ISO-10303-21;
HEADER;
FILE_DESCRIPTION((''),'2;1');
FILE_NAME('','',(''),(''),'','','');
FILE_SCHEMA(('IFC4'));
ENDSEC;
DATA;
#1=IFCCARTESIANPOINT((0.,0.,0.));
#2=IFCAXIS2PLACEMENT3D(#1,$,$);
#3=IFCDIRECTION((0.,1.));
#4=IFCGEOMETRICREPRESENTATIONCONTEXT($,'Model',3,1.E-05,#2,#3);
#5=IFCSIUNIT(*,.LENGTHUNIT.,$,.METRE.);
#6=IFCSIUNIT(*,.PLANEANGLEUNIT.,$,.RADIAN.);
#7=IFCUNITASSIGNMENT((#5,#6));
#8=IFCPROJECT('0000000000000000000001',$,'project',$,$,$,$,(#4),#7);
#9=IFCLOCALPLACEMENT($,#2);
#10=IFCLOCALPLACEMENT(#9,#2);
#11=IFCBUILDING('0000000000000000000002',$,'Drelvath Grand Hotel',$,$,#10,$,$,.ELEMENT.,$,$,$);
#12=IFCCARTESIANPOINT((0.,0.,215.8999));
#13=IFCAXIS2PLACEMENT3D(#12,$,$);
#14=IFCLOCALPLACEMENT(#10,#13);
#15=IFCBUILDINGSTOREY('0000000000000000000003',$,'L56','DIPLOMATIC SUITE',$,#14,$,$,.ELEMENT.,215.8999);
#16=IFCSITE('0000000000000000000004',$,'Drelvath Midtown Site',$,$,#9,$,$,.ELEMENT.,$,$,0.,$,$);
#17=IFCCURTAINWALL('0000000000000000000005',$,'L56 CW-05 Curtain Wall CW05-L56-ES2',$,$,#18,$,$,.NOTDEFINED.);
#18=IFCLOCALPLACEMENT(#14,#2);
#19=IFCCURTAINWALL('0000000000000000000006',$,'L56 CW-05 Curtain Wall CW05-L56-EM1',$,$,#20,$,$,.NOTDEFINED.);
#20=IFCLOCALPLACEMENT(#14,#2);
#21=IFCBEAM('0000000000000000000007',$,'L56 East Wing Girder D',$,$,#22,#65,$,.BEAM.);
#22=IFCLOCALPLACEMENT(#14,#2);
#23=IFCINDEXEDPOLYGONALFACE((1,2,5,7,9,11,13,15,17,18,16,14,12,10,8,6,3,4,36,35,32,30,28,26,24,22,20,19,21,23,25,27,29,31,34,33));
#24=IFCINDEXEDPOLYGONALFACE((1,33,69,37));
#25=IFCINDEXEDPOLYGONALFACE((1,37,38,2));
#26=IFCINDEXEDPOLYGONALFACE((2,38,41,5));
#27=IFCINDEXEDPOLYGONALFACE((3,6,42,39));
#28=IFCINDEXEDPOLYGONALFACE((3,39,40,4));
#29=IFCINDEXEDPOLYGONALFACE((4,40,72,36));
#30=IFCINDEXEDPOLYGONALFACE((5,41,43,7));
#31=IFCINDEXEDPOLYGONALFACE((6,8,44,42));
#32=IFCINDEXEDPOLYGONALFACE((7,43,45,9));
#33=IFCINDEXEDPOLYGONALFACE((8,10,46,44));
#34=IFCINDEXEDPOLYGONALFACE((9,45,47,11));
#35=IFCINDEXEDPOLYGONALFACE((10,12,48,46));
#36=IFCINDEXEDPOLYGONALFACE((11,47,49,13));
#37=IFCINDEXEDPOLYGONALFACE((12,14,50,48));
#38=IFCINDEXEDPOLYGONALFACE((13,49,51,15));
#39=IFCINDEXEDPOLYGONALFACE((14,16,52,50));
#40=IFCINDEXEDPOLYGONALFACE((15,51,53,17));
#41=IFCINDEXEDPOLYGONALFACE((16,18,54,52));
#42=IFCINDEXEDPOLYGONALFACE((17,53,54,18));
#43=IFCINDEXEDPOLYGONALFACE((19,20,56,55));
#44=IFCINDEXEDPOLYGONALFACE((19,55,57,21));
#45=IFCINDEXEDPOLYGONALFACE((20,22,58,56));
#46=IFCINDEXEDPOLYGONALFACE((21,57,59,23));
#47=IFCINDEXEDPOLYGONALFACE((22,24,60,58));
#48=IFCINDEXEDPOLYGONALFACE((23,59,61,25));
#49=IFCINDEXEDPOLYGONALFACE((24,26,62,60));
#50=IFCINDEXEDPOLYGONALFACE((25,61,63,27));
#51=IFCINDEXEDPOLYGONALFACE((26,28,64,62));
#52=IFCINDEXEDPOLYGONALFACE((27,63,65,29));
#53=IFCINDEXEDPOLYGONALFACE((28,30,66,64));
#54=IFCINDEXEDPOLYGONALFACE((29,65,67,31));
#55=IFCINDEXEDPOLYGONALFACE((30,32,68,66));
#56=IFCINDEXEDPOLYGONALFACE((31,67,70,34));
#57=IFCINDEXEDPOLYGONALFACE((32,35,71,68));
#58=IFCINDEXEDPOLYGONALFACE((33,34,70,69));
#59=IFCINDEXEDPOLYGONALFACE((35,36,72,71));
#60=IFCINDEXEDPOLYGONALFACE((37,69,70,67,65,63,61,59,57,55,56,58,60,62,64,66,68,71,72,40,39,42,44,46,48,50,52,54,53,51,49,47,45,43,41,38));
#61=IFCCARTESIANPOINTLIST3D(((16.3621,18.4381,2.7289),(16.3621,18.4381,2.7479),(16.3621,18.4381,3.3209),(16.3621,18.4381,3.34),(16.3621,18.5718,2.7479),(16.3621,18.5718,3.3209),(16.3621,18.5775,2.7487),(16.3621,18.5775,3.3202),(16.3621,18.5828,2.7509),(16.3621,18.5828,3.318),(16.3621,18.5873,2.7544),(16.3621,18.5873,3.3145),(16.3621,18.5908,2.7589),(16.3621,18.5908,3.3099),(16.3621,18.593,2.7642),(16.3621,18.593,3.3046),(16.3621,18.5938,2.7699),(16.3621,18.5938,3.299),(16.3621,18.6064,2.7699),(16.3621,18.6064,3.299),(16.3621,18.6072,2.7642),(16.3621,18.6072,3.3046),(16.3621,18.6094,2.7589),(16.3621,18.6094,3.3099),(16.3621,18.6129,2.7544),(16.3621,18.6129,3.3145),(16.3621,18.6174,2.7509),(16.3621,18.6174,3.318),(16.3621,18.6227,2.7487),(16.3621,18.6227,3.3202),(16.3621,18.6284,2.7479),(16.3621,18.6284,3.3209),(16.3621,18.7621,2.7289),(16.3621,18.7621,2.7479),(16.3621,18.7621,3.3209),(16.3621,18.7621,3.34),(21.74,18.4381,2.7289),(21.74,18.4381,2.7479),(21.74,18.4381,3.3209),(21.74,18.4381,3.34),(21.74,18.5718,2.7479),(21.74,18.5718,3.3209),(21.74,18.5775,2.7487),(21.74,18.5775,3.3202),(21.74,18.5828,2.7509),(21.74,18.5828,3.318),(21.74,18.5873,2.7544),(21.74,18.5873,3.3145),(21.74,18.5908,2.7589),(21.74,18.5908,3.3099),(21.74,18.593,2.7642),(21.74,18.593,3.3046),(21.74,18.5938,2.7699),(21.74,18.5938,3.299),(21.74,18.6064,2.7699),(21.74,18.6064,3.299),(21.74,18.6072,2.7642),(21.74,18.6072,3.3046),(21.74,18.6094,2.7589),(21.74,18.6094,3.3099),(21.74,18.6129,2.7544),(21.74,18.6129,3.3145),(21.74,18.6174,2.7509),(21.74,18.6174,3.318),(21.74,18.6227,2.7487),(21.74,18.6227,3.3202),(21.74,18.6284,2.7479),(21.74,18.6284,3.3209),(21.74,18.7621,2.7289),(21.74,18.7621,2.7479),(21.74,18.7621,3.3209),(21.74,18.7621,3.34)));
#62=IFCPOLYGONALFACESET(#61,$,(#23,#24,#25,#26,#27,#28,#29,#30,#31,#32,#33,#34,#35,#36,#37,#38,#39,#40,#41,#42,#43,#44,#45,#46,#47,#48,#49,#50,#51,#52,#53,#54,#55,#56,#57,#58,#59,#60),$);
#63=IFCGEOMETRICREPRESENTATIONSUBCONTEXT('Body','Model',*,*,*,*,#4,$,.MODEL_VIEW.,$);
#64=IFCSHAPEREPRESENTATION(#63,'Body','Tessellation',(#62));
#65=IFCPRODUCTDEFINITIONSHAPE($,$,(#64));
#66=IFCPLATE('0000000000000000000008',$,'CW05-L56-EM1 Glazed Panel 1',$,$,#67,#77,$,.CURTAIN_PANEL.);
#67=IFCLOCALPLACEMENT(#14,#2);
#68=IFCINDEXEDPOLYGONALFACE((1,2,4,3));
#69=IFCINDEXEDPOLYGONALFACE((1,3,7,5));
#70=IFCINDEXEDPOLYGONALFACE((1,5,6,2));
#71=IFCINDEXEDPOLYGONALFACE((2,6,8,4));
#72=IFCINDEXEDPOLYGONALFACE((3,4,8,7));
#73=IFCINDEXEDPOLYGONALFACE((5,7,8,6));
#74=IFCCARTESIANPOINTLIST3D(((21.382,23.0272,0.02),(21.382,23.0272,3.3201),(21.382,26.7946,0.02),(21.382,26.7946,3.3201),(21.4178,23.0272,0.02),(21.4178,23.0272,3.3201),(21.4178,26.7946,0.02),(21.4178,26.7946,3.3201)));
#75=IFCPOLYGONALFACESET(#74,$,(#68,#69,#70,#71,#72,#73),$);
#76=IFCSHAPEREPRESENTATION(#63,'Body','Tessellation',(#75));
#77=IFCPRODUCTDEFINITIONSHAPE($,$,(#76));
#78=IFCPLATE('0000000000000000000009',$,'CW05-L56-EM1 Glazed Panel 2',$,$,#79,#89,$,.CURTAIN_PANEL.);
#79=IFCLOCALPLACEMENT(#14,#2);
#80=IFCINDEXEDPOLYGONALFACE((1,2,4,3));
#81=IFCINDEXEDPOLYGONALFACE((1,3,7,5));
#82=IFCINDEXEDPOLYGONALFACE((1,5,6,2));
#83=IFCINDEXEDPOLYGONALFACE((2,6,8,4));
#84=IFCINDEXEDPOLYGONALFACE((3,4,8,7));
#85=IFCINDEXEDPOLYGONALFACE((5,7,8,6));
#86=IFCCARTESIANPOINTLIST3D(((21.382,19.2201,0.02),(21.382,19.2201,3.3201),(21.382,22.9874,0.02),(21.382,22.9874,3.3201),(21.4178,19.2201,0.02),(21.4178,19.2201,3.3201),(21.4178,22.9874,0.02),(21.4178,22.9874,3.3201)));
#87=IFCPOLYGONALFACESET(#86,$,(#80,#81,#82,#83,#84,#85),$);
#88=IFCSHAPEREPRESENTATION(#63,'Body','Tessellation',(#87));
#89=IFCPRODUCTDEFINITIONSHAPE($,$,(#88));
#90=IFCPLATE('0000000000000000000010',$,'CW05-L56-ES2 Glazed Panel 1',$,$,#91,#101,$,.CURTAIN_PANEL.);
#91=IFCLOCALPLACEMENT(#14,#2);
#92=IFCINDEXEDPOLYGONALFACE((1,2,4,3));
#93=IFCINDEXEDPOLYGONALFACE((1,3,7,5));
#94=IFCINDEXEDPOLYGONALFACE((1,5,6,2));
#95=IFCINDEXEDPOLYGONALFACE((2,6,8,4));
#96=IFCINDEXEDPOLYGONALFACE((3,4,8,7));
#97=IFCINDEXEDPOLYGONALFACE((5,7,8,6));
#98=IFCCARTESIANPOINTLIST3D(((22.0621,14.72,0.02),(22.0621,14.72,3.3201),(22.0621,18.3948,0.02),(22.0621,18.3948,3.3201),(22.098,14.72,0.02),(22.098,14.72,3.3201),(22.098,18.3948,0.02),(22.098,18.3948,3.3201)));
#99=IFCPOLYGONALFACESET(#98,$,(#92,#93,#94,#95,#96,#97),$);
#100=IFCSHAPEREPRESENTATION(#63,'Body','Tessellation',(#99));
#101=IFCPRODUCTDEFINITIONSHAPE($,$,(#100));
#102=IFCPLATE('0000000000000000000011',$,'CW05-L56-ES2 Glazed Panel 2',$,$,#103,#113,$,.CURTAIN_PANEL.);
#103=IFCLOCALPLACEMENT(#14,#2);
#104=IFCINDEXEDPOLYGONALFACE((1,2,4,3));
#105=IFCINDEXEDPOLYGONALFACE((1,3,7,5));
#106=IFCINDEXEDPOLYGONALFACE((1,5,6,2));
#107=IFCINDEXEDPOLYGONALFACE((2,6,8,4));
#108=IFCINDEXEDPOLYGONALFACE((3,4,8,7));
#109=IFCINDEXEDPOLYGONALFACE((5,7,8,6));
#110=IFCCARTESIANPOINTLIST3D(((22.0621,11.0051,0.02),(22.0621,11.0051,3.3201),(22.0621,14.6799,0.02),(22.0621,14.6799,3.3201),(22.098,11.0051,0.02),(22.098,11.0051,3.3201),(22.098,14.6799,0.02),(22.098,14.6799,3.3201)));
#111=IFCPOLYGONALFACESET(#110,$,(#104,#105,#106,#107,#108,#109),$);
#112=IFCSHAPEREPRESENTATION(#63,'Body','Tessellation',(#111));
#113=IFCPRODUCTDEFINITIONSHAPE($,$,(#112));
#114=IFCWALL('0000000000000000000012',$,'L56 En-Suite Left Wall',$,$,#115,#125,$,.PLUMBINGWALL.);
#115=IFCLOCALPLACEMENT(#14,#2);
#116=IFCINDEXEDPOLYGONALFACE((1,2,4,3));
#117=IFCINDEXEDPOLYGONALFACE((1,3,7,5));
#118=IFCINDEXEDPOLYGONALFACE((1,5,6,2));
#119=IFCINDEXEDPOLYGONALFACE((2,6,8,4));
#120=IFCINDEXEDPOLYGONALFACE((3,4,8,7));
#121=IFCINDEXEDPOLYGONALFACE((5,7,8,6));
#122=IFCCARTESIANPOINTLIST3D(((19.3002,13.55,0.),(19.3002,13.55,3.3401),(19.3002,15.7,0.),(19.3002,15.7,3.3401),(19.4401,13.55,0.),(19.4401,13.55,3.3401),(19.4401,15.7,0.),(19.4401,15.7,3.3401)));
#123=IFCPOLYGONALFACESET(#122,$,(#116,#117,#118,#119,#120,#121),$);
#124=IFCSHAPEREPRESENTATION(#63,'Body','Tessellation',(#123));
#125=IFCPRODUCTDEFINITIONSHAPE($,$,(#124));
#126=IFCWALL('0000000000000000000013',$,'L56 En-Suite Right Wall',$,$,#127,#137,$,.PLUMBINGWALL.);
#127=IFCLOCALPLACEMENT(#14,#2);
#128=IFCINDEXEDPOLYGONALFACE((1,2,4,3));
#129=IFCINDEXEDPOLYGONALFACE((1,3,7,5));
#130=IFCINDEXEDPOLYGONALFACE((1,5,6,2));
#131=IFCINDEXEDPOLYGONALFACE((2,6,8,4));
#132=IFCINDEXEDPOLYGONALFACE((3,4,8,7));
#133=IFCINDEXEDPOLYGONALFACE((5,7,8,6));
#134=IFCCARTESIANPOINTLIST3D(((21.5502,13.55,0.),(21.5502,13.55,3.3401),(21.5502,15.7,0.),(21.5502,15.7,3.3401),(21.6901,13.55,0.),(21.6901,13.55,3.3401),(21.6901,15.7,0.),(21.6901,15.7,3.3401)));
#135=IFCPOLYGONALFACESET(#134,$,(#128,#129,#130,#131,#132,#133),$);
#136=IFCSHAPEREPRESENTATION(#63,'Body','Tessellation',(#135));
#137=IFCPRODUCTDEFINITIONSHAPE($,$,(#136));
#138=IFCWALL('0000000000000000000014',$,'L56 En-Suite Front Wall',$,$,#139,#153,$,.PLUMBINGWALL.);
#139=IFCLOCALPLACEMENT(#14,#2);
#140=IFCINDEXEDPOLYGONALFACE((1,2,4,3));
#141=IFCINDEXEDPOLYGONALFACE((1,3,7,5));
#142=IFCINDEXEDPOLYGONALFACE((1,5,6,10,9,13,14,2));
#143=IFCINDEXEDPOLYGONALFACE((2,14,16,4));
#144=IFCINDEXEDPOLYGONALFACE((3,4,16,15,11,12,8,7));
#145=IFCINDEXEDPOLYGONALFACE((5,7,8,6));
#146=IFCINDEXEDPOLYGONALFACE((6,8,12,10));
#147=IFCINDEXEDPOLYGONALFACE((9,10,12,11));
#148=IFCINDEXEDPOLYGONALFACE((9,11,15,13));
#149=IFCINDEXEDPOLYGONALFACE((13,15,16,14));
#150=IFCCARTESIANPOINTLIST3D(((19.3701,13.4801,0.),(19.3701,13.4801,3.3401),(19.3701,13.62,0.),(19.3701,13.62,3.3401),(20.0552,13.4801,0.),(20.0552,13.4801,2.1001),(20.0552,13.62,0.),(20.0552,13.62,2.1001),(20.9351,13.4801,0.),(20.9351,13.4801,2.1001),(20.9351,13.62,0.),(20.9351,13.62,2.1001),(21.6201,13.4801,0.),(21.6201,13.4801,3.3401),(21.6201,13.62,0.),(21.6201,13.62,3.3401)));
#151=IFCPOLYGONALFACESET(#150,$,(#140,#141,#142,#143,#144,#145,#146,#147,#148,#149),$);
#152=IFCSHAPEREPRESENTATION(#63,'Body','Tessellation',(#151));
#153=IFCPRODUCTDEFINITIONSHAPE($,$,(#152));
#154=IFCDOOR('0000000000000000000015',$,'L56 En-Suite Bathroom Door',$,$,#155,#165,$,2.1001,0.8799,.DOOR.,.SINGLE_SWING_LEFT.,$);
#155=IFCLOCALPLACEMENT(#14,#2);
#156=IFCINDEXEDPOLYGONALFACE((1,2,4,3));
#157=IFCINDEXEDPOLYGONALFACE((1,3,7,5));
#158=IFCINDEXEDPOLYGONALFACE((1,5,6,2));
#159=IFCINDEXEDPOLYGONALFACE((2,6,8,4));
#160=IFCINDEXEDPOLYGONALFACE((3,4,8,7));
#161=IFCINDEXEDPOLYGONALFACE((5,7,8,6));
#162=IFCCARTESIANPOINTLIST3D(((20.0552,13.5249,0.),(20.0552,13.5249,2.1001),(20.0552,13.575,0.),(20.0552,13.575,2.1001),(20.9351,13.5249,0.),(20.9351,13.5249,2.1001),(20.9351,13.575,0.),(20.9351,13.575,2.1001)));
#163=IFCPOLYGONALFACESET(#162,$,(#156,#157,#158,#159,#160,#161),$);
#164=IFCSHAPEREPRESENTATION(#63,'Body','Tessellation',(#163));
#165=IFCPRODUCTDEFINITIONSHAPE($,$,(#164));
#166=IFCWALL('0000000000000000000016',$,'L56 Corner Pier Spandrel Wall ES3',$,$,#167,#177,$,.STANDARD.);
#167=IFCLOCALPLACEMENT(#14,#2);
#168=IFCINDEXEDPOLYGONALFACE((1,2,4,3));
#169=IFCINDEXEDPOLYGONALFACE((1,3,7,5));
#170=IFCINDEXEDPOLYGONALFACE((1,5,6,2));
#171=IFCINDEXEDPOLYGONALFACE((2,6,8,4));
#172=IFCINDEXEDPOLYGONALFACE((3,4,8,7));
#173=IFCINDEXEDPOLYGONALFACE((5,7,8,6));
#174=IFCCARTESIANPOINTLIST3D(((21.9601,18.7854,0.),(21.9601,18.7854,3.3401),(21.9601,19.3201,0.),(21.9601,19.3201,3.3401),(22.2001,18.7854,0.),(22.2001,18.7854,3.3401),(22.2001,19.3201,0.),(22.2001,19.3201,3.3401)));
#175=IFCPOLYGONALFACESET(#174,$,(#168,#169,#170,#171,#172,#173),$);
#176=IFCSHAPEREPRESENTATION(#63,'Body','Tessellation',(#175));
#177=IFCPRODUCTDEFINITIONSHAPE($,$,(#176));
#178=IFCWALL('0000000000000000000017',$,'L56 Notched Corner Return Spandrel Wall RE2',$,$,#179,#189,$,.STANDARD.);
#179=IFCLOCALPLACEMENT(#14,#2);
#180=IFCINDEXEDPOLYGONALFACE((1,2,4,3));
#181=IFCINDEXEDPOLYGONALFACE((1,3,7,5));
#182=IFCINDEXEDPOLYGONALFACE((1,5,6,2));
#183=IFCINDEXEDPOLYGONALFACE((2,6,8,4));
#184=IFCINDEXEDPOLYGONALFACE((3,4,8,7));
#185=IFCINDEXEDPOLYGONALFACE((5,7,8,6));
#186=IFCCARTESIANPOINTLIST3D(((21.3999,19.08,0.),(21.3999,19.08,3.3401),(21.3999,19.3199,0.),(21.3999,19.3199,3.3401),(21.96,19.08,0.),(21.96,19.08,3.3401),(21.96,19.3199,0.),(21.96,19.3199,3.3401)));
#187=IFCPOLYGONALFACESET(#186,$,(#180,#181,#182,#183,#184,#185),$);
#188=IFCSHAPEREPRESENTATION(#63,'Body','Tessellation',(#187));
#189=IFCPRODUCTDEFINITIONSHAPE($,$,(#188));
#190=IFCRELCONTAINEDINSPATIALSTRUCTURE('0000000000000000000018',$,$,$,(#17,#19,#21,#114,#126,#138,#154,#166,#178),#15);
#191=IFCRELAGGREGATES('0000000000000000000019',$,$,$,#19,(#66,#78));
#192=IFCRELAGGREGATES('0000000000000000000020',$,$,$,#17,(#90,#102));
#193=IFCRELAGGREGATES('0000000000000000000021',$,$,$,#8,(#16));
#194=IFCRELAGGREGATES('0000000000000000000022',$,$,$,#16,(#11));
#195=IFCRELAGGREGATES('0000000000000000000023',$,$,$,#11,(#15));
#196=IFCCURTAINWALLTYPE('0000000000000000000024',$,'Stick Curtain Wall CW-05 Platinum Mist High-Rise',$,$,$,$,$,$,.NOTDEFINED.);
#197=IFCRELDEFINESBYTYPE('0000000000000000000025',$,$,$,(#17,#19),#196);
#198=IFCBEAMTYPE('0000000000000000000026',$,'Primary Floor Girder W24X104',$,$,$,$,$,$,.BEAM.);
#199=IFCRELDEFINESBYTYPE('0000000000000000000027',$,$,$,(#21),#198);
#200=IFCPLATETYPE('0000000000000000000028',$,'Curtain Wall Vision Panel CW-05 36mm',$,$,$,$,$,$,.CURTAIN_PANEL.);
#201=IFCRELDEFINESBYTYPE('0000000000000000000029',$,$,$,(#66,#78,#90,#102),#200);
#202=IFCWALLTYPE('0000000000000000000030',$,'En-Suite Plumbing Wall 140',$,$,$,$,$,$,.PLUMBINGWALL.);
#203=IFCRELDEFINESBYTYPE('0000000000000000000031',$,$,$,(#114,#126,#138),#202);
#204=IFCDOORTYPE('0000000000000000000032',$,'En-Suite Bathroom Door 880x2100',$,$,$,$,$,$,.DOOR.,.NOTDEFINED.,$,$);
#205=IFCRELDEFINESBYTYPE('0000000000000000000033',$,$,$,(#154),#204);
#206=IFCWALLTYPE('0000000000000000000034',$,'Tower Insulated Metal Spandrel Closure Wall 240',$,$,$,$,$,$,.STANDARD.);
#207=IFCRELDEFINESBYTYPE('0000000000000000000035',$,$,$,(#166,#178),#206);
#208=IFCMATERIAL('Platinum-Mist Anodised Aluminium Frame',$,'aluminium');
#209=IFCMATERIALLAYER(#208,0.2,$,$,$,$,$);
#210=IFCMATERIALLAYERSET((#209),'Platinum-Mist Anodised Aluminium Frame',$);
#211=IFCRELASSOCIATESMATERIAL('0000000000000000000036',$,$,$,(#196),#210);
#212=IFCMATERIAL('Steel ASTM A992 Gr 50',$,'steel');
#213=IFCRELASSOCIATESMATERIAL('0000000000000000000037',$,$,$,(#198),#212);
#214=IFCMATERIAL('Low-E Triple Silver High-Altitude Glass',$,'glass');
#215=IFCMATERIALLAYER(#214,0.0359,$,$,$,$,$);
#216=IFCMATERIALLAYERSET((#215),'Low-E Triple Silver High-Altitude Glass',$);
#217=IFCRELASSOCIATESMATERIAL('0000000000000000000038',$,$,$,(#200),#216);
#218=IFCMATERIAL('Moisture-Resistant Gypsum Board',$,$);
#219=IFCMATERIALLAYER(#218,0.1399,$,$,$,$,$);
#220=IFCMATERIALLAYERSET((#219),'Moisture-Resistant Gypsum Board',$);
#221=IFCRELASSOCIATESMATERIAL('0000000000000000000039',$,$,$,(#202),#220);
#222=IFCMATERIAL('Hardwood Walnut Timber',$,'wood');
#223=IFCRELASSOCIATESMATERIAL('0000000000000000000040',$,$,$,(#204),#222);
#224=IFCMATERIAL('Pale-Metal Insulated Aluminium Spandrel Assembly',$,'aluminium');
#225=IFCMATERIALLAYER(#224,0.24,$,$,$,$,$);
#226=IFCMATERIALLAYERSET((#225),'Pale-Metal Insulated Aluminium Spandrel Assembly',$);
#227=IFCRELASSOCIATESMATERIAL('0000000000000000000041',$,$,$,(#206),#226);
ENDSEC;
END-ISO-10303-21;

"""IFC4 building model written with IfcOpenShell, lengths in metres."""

from ifc_helpers import new_model, si_unit, direction, frame, frame_2d, origin, origin_2d, place, context, subcontext, project, spatial, rectangle, i_section, extrude, material, layer, layer_set, material_profile, profile_set, type_object, element, fill, aggregate, save


model = new_model("IFC4")

# Units and contexts
model_context = context("Model", 3, precision=1e-05, world=origin(), true_north=direction((0.0, 1.0)))
body_context = subcontext(model_context, "Body", "Model", "MODEL_VIEW")
ifc_project = project(units=[si_unit("LENGTHUNIT", "METRE"), si_unit("PLANEANGLEUNIT", "RADIAN")], contexts=[model_context])

# Site, building, storey
site_placement = place(None, origin())
site = spatial("IfcSite", under=ifc_project, at=site_placement, Name="Drelvath Midtown Site", CompositionType="ELEMENT", RefElevation=0.0)
building_placement = place(site_placement, origin())
building = spatial("IfcBuilding", under=site, at=building_placement, Name="Drelvath Grand Hotel", CompositionType="ELEMENT")
storey_placement = place(building_placement, frame((0.0, 0.0, 215.8999)))
storey = spatial("IfcBuildingStorey", under=building, at=storey_placement, Name="L56", Description="DIPLOMATIC SUITE", CompositionType="ELEMENT", Elevation=215.8999)

# Curtain wall
ifc_material_1 = material(Name="Platinum-Mist Anodised Aluminium Frame", Category="aluminium")
ifc_layer_1 = layer(ifc_material_1, 0.2)
ifc_layer_set_1 = layer_set([ifc_layer_1], Name="Platinum-Mist Anodised Aluminium Frame")
curtain_wall_type = type_object("IfcCurtainWallType", Name="Stick Curtain Wall CW-05 Platinum Mist High-Rise", PredefinedType="NOTDEFINED", material=ifc_layer_set_1)
curtain_wall_1_placement = place(storey_placement, origin())
curtain_wall_1 = element("IfcCurtainWall", 1, at=curtain_wall_1_placement, inside=storey, type_object=curtain_wall_type, Name="L56 CW-05 Curtain Wall CW05-L56-ES2", PredefinedType="NOTDEFINED")

# Curtain wall
curtain_wall_2_placement = place(storey_placement, origin())
curtain_wall_2 = element("IfcCurtainWall", 2, at=curtain_wall_2_placement, inside=storey, type_object=curtain_wall_type, Name="L56 CW-05 Curtain Wall CW05-L56-EM1", PredefinedType="NOTDEFINED")

# Beam
ifc_material_2 = material(Name="Steel ASTM A992 Gr 50", Category="steel")
ifc_material_profile_1 = material_profile(ifc_material_2, i_section(OverallWidth=0.324, OverallDepth=0.6111, WebThickness=0.0127, FlangeThickness=0.019, FilletRadius=0.022, at=origin_2d()), Name="W24X104")
ifc_profile_set_1 = profile_set([ifc_material_profile_1], Name="Steel ASTM A992 Gr 50")
beam_type_1 = type_object("IfcBeamType", Name="Primary Floor Girder W24X104", PredefinedType="BEAM", material=ifc_profile_set_1)
beam_1_placement = place(storey_placement, frame((16.3621, 18.6001, 3.0344), z_axis=(1.0, 0.0, 0.0), x_axis=(0.0, 1.0, 0.0)))
element("IfcBeam", 3, at=beam_1_placement, inside=storey, type_object=beam_type_1, Name="L56 East Wing Girder D", PredefinedType="BEAM", context=body_context, shape_type="SweptSolid", body=[
    extrude(i_section(OverallWidth=0.324, OverallDepth=0.6111, WebThickness=0.0127, FlangeThickness=0.019, FilletRadius=0.022, at=origin_2d()), origin(), (0.0, 0.0, 1.0), 5.3779),
])

# Plates
ifc_material_3 = material(Name="Low-E Triple Silver High-Altitude Glass", Category="glass")
ifc_layer_2 = layer(ifc_material_3, 0.0359)
ifc_layer_set_2 = layer_set([ifc_layer_2], Name="Low-E Triple Silver High-Altitude Glass")
plate_type = type_object("IfcPlateType", Name="Curtain Wall Vision Panel CW-05 36mm", PredefinedType="CURTAIN_PANEL", material=ifc_layer_set_2)
plate_1_placement = place(storey_placement, frame((21.3999, 24.9109, 0.02), z_axis=(0.0, 0.0, 1.0), x_axis=(0.0, -1.0, 0.0)))
plate_1 = element("IfcPlate", 4, at=plate_1_placement, type_object=plate_type, Name="CW05-L56-EM1 Glazed Panel 1", PredefinedType="CURTAIN_PANEL", context=body_context, shape_type="SweptSolid", body=[
    extrude(rectangle(XDim=3.7673, YDim=0.0359, at=origin_2d()), origin(), (0.0, 0.0, 1.0), 3.3),
])
plate_2_placement = place(storey_placement, frame((21.3999, 21.1038, 0.02), z_axis=(0.0, 0.0, 1.0), x_axis=(0.0, -1.0, 0.0)))
plate_2 = element("IfcPlate", 5, at=plate_2_placement, type_object=plate_type, Name="CW05-L56-EM1 Glazed Panel 2", PredefinedType="CURTAIN_PANEL", context=body_context, shape_type="SweptSolid", body=[
    extrude(rectangle(XDim=3.7673, YDim=0.0359, at=origin_2d()), origin(), (0.0, 0.0, 1.0), 3.3),
])
aggregate(curtain_wall_2, [plate_1, plate_2])
plate_3_placement = place(storey_placement, frame((22.0801, 16.5574, 0.02), z_axis=(0.0, 0.0, 1.0), x_axis=(0.0, -1.0, 0.0)))
plate_3 = element("IfcPlate", 6, at=plate_3_placement, type_object=plate_type, Name="CW05-L56-ES2 Glazed Panel 1", PredefinedType="CURTAIN_PANEL", context=body_context, shape_type="SweptSolid", body=[
    extrude(rectangle(XDim=3.6748, YDim=0.0359, at=origin_2d()), origin(), (0.0, 0.0, 1.0), 3.3),
])
plate_4_placement = place(storey_placement, frame((22.0801, 12.8425, 0.02), z_axis=(0.0, 0.0, 1.0), x_axis=(0.0, -1.0, 0.0)))
plate_4 = element("IfcPlate", 7, at=plate_4_placement, type_object=plate_type, Name="CW05-L56-ES2 Glazed Panel 2", PredefinedType="CURTAIN_PANEL", context=body_context, shape_type="SweptSolid", body=[
    extrude(rectangle(XDim=3.6748, YDim=0.0359, at=origin_2d()), origin(), (0.0, 0.0, 1.0), 3.3),
])
aggregate(curtain_wall_1, [plate_3, plate_4])

# Walls
ifc_material_4 = material(Name="Moisture-Resistant Gypsum Board")
ifc_layer_3 = layer(ifc_material_4, 0.1399)
ifc_layer_set_3 = layer_set([ifc_layer_3], Name="Moisture-Resistant Gypsum Board")
wall_type_1 = type_object("IfcWallType", Name="En-Suite Plumbing Wall 140", PredefinedType="PLUMBINGWALL", material=ifc_layer_set_3)
for number, where, z_axis, x_axis, name in (
    (8, (19.3701, 15.7, 0.0), (0.0, 0.0, 1.0), (0.0, -1.0, 0.0), "L56 En-Suite Left Wall"),
    (9, (21.6201, 15.7, 0.0), (0.0, 0.0, 1.0), (0.0, -1.0, 0.0), "L56 En-Suite Right Wall"),
):
    element("IfcWall", number, at=place(storey_placement, frame(where, z_axis=z_axis, x_axis=x_axis)), inside=storey, type_object=wall_type_1, Name=name, PredefinedType="PLUMBINGWALL", context=body_context, shape_type="SweptSolid", body=[
        extrude(rectangle(XDim=2.1499, YDim=0.1399, at=frame_2d((1.075, 0.0))), origin(), (0.0, 0.0, 1.0), 3.3401),
    ])

# Wall, opening, door
wall_1_placement = place(storey_placement, frame((19.3701, 13.55, 0.0), z_axis=(0.0, 0.0, 1.0), x_axis=(1.0, 0.0, 0.0)))
wall_1 = element("IfcWall", 10, at=wall_1_placement, inside=storey, type_object=wall_type_1, Name="L56 En-Suite Front Wall", PredefinedType="PLUMBINGWALL", context=body_context, shape_type="SweptSolid", body=[
    extrude(rectangle(XDim=2.25, YDim=0.1399, at=frame_2d((1.125, 0.0))), origin(), (0.0, 0.0, 1.0), 3.3401),
])
opening_placement = place(wall_1_placement, frame((0.6851, 0.0, 0.0)))
opening = element("IfcOpeningElement", 11, at=opening_placement, cuts=wall_1, PredefinedType="OPENING", context=body_context, shape_type="SweptSolid", body=[
    extrude(rectangle(XDim=0.8799, YDim=2.1001, at=frame_2d((0.4399, 1.05))), frame((0.0, 0.0798, 0.0), z_axis=(0.0, -1.0, 0.0), x_axis=(1.0, 0.0, 0.0)), (0.0, 0.0, 1.0), 0.1599),
])
ifc_material_5 = material(Name="Hardwood Walnut Timber", Category="wood")
door_type = type_object("IfcDoorType", Name="En-Suite Bathroom Door 880x2100", OperationType="NOTDEFINED", PredefinedType="DOOR", material=ifc_material_5)
door_placement = place(opening_placement, origin())
door = element("IfcDoor", 12, at=door_placement, inside=storey, type_object=door_type, Name="L56 En-Suite Bathroom Door", OperationType="SINGLE_SWING_LEFT", OverallHeight=2.1001, OverallWidth=0.8799, PredefinedType="DOOR", context=body_context, shape_type="SweptSolid", body=[
    extrude(rectangle(XDim=0.8799, YDim=2.1001, at=frame_2d((0.4399, 1.05))), frame((0.0, 0.0249, 0.0), z_axis=(0.0, -1.0, 0.0), x_axis=(1.0, 0.0, 0.0)), (0.0, 0.0, 1.0), 0.05),
])
fill(opening, door)

# Walls
ifc_material_6 = material(Name="Pale-Metal Insulated Aluminium Spandrel Assembly", Category="aluminium")
ifc_layer_4 = layer(ifc_material_6, 0.24)
ifc_layer_set_4 = layer_set([ifc_layer_4], Name="Pale-Metal Insulated Aluminium Spandrel Assembly")
wall_type_2 = type_object("IfcWallType", Name="Tower Insulated Metal Spandrel Closure Wall 240", PredefinedType="STANDARD", material=ifc_layer_set_4)
wall_2_placement = place(storey_placement, frame((22.0801, 19.3201, 0.0), z_axis=(0.0, 0.0, 1.0), x_axis=(0.0, -1.0, 0.0)))
element("IfcWall", 13, at=wall_2_placement, inside=storey, type_object=wall_type_2, Name="L56 Corner Pier Spandrel Wall ES3", PredefinedType="STANDARD", context=body_context, shape_type="SweptSolid", body=[
    extrude(rectangle(XDim=0.5347, YDim=0.24, at=frame_2d((0.2673, 0.0))), origin(), (0.0, 0.0, 1.0), 3.3401),
])
wall_3_placement = place(storey_placement, frame((21.3999, 19.2, 0.0), z_axis=(0.0, 0.0, 1.0), x_axis=(1.0, 0.0, 0.0)))
element("IfcWall", 14, at=wall_3_placement, inside=storey, type_object=wall_type_2, Name="L56 Notched Corner Return Spandrel Wall RE2", PredefinedType="STANDARD", context=body_context, shape_type="SweptSolid", body=[
    extrude(rectangle(XDim=0.5601, YDim=0.24, at=frame_2d((0.28, 0.0))), origin(), (0.0, 0.0, 1.0), 3.3401),
])

save(model, "model.ifc")
